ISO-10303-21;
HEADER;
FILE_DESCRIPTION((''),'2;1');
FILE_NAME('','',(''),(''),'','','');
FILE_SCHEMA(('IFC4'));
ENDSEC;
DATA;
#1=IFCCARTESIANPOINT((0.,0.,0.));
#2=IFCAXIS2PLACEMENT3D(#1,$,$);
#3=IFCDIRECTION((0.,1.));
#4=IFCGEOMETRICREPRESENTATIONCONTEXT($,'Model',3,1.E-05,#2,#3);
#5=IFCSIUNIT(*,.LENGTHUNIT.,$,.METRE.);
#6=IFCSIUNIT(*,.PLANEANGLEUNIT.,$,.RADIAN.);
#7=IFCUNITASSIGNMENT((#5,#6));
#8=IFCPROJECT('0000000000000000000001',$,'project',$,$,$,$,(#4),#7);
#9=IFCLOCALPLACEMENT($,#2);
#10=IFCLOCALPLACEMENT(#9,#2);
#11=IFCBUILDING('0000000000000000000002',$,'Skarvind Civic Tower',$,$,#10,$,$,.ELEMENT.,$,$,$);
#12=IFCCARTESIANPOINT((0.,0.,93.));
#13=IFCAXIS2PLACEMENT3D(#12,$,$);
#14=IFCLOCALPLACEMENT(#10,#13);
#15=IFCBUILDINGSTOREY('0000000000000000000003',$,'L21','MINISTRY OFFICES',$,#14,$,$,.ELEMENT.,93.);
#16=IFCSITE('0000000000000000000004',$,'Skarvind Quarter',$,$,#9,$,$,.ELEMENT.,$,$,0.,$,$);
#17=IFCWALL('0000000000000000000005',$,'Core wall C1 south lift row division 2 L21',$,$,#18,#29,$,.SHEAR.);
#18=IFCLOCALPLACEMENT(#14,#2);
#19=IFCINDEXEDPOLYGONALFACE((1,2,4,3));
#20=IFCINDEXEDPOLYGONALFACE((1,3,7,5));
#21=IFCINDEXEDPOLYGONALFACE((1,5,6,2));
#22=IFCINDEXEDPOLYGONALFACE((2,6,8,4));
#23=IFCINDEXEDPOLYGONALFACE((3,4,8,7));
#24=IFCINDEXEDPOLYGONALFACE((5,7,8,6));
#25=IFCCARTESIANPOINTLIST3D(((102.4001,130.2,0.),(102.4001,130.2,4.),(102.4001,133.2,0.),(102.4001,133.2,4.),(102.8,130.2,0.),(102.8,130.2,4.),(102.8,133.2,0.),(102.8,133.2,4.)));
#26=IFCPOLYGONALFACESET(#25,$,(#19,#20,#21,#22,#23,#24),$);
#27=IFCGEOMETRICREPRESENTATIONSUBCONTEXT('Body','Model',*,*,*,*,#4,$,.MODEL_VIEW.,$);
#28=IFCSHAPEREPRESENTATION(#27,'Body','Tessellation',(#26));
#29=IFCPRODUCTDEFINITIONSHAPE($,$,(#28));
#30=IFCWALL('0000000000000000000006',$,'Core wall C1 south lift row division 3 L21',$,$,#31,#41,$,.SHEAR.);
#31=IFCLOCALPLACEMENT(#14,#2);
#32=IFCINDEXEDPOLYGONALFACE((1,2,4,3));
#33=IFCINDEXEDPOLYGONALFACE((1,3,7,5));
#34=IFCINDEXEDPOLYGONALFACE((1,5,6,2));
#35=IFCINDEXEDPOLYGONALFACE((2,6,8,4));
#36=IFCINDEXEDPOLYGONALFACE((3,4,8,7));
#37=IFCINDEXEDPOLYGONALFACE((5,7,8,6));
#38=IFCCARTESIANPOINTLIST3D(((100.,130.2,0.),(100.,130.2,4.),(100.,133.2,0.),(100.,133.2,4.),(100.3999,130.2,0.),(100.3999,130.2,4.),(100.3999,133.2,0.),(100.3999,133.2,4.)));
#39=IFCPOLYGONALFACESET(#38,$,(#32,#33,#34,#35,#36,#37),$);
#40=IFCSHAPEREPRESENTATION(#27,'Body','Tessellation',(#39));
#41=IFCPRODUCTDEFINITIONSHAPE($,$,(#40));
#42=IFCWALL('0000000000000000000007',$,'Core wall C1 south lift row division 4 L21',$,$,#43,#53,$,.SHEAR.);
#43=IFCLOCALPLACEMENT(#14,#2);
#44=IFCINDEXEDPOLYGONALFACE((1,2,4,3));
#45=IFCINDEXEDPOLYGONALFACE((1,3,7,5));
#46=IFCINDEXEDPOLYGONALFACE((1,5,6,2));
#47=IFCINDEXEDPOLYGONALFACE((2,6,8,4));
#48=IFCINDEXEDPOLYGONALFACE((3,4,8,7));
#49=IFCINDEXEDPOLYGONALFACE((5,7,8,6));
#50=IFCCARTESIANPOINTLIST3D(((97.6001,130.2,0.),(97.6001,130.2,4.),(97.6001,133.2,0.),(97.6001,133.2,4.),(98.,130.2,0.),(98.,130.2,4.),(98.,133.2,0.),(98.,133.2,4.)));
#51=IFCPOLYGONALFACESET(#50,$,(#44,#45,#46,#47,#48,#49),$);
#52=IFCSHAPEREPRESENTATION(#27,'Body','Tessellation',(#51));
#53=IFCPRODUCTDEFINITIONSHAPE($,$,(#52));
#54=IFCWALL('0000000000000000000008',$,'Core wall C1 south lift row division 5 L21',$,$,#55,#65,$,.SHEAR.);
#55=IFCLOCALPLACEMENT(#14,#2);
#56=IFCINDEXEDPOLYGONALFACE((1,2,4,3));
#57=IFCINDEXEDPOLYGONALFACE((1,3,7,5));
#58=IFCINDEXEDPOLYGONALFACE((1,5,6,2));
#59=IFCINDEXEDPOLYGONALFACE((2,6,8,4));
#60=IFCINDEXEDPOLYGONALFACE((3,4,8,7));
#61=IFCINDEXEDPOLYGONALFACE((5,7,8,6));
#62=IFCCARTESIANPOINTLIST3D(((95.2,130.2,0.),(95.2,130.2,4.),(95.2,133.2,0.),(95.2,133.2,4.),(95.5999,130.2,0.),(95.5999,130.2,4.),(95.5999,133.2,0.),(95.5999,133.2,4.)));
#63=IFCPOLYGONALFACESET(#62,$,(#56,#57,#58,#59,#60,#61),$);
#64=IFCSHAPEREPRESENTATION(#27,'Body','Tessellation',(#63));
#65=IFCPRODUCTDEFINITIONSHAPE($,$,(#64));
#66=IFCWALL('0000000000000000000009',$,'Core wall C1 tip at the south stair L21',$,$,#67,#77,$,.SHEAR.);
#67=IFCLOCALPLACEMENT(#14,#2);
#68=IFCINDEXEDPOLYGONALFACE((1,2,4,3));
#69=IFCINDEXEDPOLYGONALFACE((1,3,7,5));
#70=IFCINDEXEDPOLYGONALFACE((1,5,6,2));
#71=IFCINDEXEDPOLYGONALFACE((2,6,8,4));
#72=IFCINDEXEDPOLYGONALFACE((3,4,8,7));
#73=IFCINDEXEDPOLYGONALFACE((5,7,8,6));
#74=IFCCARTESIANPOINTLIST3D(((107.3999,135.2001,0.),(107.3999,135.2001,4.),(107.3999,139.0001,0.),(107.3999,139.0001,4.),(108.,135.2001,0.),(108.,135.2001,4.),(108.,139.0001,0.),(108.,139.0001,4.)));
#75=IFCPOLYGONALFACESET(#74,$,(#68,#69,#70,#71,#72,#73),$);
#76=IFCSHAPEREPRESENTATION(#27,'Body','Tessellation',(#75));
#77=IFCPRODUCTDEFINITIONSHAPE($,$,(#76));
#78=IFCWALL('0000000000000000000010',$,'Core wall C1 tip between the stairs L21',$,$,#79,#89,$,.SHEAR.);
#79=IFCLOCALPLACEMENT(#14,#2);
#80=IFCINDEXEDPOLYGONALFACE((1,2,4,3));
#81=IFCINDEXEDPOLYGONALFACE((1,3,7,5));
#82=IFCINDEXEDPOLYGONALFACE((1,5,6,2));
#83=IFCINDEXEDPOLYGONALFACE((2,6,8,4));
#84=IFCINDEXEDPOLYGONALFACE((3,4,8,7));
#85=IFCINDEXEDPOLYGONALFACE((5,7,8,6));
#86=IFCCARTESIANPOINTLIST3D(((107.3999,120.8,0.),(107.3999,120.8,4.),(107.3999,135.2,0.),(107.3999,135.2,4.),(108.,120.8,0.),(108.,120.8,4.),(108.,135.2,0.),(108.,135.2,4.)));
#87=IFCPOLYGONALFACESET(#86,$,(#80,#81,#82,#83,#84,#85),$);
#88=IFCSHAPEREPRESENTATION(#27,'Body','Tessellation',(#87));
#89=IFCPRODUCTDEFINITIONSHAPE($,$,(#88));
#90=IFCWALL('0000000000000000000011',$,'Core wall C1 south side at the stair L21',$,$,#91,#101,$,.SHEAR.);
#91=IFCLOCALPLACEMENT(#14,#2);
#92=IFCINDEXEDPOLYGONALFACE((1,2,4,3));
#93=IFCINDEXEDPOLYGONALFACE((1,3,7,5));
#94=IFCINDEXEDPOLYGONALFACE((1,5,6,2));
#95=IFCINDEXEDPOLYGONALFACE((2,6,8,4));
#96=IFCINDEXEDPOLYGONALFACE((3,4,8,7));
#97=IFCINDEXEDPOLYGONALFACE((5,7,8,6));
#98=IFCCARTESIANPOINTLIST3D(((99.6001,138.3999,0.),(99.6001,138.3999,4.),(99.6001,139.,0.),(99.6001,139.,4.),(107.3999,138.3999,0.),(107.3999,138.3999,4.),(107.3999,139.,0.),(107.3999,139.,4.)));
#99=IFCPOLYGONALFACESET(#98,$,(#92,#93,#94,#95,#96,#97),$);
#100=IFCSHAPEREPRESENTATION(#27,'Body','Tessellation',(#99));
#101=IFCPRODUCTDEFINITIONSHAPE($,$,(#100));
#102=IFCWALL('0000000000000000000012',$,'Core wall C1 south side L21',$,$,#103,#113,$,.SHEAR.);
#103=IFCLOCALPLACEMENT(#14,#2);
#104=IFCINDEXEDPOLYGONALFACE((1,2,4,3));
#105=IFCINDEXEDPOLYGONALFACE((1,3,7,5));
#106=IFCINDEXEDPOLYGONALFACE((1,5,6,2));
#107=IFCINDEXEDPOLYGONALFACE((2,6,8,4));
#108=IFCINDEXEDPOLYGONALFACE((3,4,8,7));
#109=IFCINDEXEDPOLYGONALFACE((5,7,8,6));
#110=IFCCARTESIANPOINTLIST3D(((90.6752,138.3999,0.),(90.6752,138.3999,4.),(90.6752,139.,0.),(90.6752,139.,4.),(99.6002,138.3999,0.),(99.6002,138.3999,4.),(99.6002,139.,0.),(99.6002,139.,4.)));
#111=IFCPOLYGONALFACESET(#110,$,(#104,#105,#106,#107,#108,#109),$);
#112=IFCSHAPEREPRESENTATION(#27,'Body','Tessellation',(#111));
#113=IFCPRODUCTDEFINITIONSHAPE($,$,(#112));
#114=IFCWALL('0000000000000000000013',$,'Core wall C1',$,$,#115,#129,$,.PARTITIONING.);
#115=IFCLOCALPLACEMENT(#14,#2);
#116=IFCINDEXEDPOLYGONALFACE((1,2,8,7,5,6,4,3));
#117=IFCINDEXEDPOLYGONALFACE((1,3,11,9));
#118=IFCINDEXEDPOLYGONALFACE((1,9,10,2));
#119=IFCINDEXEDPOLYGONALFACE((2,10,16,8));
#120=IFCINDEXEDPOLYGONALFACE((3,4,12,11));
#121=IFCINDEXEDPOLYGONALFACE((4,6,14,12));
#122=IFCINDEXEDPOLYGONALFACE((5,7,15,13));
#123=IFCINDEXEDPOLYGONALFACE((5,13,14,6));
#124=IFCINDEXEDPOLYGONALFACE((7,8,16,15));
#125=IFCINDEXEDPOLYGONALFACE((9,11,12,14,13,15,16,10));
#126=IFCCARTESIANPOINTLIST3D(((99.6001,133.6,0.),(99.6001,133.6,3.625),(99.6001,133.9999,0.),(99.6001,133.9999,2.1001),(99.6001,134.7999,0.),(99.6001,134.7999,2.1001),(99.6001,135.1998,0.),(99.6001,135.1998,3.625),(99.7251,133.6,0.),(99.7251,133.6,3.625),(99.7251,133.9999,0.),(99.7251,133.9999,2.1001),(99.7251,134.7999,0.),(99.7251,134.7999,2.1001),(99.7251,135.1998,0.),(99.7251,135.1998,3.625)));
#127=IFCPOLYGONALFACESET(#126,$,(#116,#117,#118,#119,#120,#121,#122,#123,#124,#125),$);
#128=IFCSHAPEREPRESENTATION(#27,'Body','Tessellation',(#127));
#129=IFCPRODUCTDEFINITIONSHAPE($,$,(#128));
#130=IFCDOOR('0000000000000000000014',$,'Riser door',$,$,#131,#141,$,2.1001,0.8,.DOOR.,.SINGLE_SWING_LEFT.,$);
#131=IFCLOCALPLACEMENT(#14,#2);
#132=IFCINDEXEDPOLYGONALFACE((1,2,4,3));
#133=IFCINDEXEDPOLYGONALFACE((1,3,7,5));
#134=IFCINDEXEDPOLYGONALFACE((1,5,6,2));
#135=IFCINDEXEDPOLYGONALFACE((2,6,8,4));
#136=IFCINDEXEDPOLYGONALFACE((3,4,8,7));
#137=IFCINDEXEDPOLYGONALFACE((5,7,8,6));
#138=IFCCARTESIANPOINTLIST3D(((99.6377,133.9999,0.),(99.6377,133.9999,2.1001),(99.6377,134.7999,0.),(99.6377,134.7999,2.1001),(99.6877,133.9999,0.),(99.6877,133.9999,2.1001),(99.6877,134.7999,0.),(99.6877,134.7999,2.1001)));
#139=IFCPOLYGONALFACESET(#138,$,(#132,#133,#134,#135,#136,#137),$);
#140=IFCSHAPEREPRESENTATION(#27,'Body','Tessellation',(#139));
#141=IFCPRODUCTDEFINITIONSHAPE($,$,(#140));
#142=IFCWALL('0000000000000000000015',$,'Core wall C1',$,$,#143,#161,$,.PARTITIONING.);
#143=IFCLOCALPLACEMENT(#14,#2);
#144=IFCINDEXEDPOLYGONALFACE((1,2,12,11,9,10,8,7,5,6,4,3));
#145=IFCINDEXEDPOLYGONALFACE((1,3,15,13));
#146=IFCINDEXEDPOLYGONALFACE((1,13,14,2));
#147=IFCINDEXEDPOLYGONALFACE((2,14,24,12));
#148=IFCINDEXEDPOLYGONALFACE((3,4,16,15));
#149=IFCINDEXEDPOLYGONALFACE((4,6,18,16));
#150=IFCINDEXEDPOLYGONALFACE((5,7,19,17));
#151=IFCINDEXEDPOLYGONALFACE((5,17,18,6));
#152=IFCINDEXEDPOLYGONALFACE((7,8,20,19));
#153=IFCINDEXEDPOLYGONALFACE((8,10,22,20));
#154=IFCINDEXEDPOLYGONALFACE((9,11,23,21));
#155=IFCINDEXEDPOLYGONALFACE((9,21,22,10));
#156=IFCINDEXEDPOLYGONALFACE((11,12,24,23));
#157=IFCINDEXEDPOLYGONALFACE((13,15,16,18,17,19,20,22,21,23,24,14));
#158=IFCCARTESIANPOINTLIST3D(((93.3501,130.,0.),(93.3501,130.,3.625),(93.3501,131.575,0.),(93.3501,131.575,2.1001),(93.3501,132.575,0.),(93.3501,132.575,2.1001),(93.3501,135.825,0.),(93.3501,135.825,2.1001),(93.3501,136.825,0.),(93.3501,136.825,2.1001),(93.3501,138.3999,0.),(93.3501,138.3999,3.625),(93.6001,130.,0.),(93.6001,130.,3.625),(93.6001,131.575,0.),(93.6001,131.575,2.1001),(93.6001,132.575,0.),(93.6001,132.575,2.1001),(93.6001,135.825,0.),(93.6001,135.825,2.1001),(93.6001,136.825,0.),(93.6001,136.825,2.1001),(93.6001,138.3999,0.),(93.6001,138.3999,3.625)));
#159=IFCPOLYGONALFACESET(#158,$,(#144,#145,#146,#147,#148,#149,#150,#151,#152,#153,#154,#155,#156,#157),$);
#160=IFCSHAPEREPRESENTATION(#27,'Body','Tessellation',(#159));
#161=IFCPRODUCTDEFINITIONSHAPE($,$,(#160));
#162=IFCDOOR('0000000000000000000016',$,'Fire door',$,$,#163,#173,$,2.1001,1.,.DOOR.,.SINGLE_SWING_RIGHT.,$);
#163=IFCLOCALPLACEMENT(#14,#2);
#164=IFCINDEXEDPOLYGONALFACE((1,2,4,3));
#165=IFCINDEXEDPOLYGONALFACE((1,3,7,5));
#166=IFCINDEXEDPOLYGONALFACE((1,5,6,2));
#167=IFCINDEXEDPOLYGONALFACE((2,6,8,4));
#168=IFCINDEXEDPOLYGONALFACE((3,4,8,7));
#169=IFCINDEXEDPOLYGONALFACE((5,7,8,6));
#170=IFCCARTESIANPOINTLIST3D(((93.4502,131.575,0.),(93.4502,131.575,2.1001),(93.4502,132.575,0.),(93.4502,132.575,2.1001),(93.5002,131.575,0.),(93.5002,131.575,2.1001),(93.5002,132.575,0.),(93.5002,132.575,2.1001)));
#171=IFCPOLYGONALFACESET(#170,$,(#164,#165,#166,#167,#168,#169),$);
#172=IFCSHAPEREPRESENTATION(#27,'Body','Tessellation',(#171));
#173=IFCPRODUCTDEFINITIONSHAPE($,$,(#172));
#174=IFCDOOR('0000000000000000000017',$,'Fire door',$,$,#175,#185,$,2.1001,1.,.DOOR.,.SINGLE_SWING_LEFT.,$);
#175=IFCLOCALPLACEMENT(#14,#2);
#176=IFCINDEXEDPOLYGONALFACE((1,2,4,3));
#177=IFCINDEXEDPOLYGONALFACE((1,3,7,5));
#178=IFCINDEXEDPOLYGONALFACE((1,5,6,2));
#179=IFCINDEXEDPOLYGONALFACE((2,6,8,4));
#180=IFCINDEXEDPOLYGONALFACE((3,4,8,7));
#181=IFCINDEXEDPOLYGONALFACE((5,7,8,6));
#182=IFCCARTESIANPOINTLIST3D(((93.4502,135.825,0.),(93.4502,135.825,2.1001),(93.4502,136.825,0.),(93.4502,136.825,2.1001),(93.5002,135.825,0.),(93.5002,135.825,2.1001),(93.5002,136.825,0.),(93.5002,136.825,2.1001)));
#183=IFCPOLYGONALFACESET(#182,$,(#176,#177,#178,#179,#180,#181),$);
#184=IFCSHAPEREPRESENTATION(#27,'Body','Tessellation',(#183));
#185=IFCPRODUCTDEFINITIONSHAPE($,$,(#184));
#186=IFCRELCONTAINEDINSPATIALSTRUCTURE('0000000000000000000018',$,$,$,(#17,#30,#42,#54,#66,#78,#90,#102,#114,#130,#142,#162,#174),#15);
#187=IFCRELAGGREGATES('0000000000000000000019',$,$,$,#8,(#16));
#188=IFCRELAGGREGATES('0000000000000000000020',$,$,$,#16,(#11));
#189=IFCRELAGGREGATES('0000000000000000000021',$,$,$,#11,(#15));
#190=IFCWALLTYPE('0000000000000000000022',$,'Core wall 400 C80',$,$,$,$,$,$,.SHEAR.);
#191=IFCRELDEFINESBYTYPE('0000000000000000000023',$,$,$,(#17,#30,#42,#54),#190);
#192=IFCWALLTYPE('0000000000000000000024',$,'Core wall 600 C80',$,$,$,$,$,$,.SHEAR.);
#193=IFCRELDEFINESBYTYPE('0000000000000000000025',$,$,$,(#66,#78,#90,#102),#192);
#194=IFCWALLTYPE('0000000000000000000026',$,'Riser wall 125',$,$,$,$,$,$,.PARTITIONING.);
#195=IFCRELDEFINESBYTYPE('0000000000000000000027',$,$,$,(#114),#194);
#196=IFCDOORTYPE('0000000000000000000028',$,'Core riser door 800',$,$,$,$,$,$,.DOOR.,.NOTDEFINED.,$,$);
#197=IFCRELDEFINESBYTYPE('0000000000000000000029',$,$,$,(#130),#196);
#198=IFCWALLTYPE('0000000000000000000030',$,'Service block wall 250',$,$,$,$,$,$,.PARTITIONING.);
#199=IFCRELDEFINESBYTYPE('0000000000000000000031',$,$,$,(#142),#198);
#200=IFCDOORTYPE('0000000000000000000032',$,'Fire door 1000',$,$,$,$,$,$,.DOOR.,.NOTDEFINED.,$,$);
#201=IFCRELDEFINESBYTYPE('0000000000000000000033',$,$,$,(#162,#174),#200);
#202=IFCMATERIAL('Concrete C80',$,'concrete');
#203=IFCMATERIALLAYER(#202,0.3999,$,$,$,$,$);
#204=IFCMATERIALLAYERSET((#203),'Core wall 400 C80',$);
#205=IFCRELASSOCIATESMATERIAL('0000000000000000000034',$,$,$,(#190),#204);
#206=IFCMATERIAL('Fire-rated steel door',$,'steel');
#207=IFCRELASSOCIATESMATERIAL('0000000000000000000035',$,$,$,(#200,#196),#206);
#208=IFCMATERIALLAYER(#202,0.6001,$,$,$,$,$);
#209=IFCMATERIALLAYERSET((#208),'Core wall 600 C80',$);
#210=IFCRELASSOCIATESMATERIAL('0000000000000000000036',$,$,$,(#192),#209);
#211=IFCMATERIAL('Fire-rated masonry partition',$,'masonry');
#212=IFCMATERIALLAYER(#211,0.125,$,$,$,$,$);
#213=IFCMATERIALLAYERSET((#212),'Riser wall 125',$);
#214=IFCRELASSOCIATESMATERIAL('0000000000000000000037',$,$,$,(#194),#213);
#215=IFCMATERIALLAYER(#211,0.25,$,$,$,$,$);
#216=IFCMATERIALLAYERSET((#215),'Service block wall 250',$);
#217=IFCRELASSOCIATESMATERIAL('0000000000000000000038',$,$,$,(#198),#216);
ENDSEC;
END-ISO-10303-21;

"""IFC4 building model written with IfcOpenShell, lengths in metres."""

from ifc_helpers import new_model, si_unit, direction, frame, frame_2d, origin, place, context, subcontext, project, spatial, rectangle, extrude, material, layer, layer_set, type_object, element, fill, save


model = new_model("IFC4")

# Units and contexts
model_context = context("Model", 3, precision=1e-05, world=origin(), true_north=direction((0.0, 1.0)))
body_context = subcontext(model_context, "Body", "Model", "MODEL_VIEW")
ifc_project = project(units=[si_unit("LENGTHUNIT", "METRE"), si_unit("PLANEANGLEUNIT", "RADIAN")], contexts=[model_context])

# Site, building, storey
site_placement = place(None, origin())
site = spatial("IfcSite", under=ifc_project, at=site_placement, Name="Skarvind Quarter", CompositionType="ELEMENT", RefElevation=0.0)
building_placement = place(site_placement, origin())
building = spatial("IfcBuilding", under=site, at=building_placement, Name="Skarvind Civic Tower", CompositionType="ELEMENT")
storey_placement = place(building_placement, frame((0.0, 0.0, 93.0)))
storey = spatial("IfcBuildingStorey", under=building, at=storey_placement, Name="L21", Description="MINISTRY OFFICES", CompositionType="ELEMENT", Elevation=93.0)

# Shared definitions
ifc_material_1 = material(Name="Fire-rated masonry partition", Category="masonry")
ifc_material_2 = material(Name="Fire-rated steel door", Category="steel")

# Shared definitions
ifc_material_3 = material(Name="Concrete C80", Category="concrete")
ifc_layer_1 = layer(ifc_material_3, 0.3999)
ifc_layer_set_1 = layer_set([ifc_layer_1], Name="Core wall 400 C80")
wall_type_1 = type_object("IfcWallType", Name="Core wall 400 C80", PredefinedType="SHEAR", material=ifc_layer_set_1)

# Shared definitions
door_type_1 = type_object("IfcDoorType", Name="Fire door 1000", OperationType="NOTDEFINED", PredefinedType="DOOR", material=ifc_material_2)

# Walls
for number, where, z_axis, x_axis, name in (
    (1, (102.6001, 133.2, 0.0), (0.0, 0.0, 1.0), (0.0, -1.0, 0.0), "Core wall C1 south lift row division 2 L21"),
    (2, (100.2, 133.2, 0.0), (0.0, 0.0, 1.0), (0.0, -1.0, 0.0), "Core wall C1 south lift row division 3 L21"),
    (3, (97.8, 133.2, 0.0), (0.0, 0.0, 1.0), (0.0, -1.0, 0.0), "Core wall C1 south lift row division 4 L21"),
    (4, (95.3999, 133.2, 0.0), (0.0, 0.0, 1.0), (0.0, -1.0, 0.0), "Core wall C1 south lift row division 5 L21"),
):
    element("IfcWall", number, at=place(storey_placement, frame(where, z_axis=z_axis, x_axis=x_axis)), inside=storey, type_object=wall_type_1, Name=name, PredefinedType="SHEAR", context=body_context, shape_type="SweptSolid", body=[
        extrude(rectangle(XDim=3.0, YDim=0.3999, at=frame_2d((1.5, 0.0))), origin(), (0.0, 0.0, 1.0), 4.0),
    ])
ifc_layer_2 = layer(ifc_material_3, 0.6001)
ifc_layer_set_2 = layer_set([ifc_layer_2], Name="Core wall 600 C80")
wall_type_2 = type_object("IfcWallType", Name="Core wall 600 C80", PredefinedType="SHEAR", material=ifc_layer_set_2)
wall_1_placement = place(storey_placement, frame((107.7, 139.0, 0.0), z_axis=(0.0, 0.0, 1.0), x_axis=(0.0, -1.0, 0.0)))
element("IfcWall", 5, at=wall_1_placement, inside=storey, type_object=wall_type_2, Name="Core wall C1 tip at the south stair L21", PredefinedType="SHEAR", context=body_context, shape_type="SweptSolid", body=[
    extrude(rectangle(XDim=3.8, YDim=0.6001, at=frame_2d((1.8999, 0.0))), origin(), (0.0, 0.0, 1.0), 4.0),
])
wall_2_placement = place(storey_placement, frame((107.7, 135.2, 0.0), z_axis=(0.0, 0.0, 1.0), x_axis=(0.0, -1.0, 0.0)))
element("IfcWall", 6, at=wall_2_placement, inside=storey, type_object=wall_type_2, Name="Core wall C1 tip between the stairs L21", PredefinedType="SHEAR", context=body_context, shape_type="SweptSolid", body=[
    extrude(rectangle(XDim=14.3999, YDim=0.6001, at=frame_2d((7.2, 0.0))), origin(), (0.0, 0.0, 1.0), 4.0),
])
wall_3_placement = place(storey_placement, frame((107.3999, 138.7, 0.0), z_axis=(0.0, 0.0, 1.0), x_axis=(-1.0, 0.0, 0.0)))
element("IfcWall", 7, at=wall_3_placement, inside=storey, type_object=wall_type_2, Name="Core wall C1 south side at the stair L21", PredefinedType="SHEAR", context=body_context, shape_type="SweptSolid", body=[
    extrude(rectangle(XDim=7.7998, YDim=0.6001, at=frame_2d((3.8999, 0.0))), origin(), (0.0, 0.0, 1.0), 4.0),
])
wall_4_placement = place(storey_placement, frame((99.6001, 138.7, 0.0), z_axis=(0.0, 0.0, 1.0), x_axis=(-1.0, 0.0, 0.0)))
element("IfcWall", 8, at=wall_4_placement, inside=storey, type_object=wall_type_2, Name="Core wall C1 south side L21", PredefinedType="SHEAR", context=body_context, shape_type="SweptSolid", body=[
    extrude(rectangle(XDim=8.925, YDim=0.6001, at=frame_2d((4.4624, 0.0))), origin(), (0.0, 0.0, 1.0), 4.0),
])

# Wall, opening, door
ifc_layer_3 = layer(ifc_material_1, 0.125)
ifc_layer_set_3 = layer_set([ifc_layer_3], Name="Riser wall 125")
wall_type_3 = type_object("IfcWallType", Name="Riser wall 125", PredefinedType="PARTITIONING", material=ifc_layer_set_3)
wall_5_placement = place(storey_placement, frame((99.6626, 133.6001, 0.0), z_axis=(0.0, 0.0, 1.0), x_axis=(0.0, 1.0, 0.0)))
wall_5 = element("IfcWall", 9, at=wall_5_placement, inside=storey, type_object=wall_type_3, Name="Core wall C1", PredefinedType="PARTITIONING", context=body_context, shape_type="SweptSolid", body=[
    extrude(rectangle(XDim=1.5999, YDim=0.125, at=frame_2d((0.7998, 0.0))), origin(), (0.0, 0.0, 1.0), 3.625),
])
opening_1_placement = place(wall_5_placement, frame((0.3999, 0.0, 0.0)))
opening_1 = element("IfcOpeningElement", 10, at=opening_1_placement, cuts=wall_5, PredefinedType="OPENING", context=body_context, shape_type="SweptSolid", body=[
    extrude(rectangle(XDim=0.8, YDim=2.1001, at=frame_2d((0.3999, 1.05))), frame((0.0, 0.0725, 0.0), z_axis=(0.0, -1.0, 0.0), x_axis=(1.0, 0.0, 0.0)), (0.0, 0.0, 1.0), 0.145),
])
door_type_2 = type_object("IfcDoorType", Name="Core riser door 800", OperationType="NOTDEFINED", PredefinedType="DOOR", material=ifc_material_2)
door_1_placement = place(opening_1_placement, origin())
door_1 = element("IfcDoor", 11, at=door_1_placement, inside=storey, type_object=door_type_2, Name="Riser door", OperationType="SINGLE_SWING_LEFT", OverallHeight=2.1001, OverallWidth=0.8, PredefinedType="DOOR", context=body_context, shape_type="SweptSolid", body=[
    extrude(rectangle(XDim=0.8, YDim=2.1001, at=frame_2d((0.3999, 1.05))), frame((0.0, 0.0249, 0.0), z_axis=(0.0, -1.0, 0.0), x_axis=(1.0, 0.0, 0.0)), (0.0, 0.0, 1.0), 0.05),
])
fill(opening_1, door_1)

# Wall, openings, doors
ifc_layer_4 = layer(ifc_material_1, 0.25)
ifc_layer_set_4 = layer_set([ifc_layer_4], Name="Service block wall 250")
wall_type_4 = type_object("IfcWallType", Name="Service block wall 250", PredefinedType="PARTITIONING", material=ifc_layer_set_4)
wall_6_placement = place(storey_placement, frame((93.4751, 130.0, 0.0), z_axis=(0.0, 0.0, 1.0), x_axis=(0.0, 1.0, 0.0)))
wall_6 = element("IfcWall", 12, at=wall_6_placement, inside=storey, type_object=wall_type_4, Name="Core wall C1", PredefinedType="PARTITIONING", context=body_context, shape_type="SweptSolid", body=[
    extrude(rectangle(XDim=8.3999, YDim=0.25, at=frame_2d((4.2, 0.0))), origin(), (0.0, 0.0, 1.0), 3.625),
])
opening_2_placement = place(wall_6_placement, frame((1.575, 0.0, 0.0)))
opening_2 = element("IfcOpeningElement", 13, at=opening_2_placement, cuts=wall_6, PredefinedType="OPENING", context=body_context, shape_type="SweptSolid", body=[
    extrude(rectangle(XDim=1.0, YDim=2.1001, at=frame_2d((0.5, 1.05))), frame((0.0, 0.135, 0.0), z_axis=(0.0, -1.0, 0.0), x_axis=(1.0, 0.0, 0.0)), (0.0, 0.0, 1.0), 0.27),
])
opening_3_placement = place(wall_6_placement, frame((5.825, 0.0, 0.0)))
opening_3 = element("IfcOpeningElement", 14, at=opening_3_placement, cuts=wall_6, PredefinedType="OPENING", context=body_context, shape_type="SweptSolid", body=[
    extrude(rectangle(XDim=1.0, YDim=2.1001, at=frame_2d((0.5, 1.05))), frame((0.0, 0.135, 0.0), z_axis=(0.0, -1.0, 0.0), x_axis=(1.0, 0.0, 0.0)), (0.0, 0.0, 1.0), 0.27),
])
door_2_placement = place(opening_2_placement, origin())
door_2 = element("IfcDoor", 15, at=door_2_placement, inside=storey, type_object=door_type_1, Name="Fire door", OperationType="SINGLE_SWING_RIGHT", OverallHeight=2.1001, OverallWidth=1.0, PredefinedType="DOOR", context=body_context, shape_type="SweptSolid", body=[
    extrude(rectangle(XDim=1.0, YDim=2.1001, at=frame_2d((0.5, 1.05))), frame((0.0, 0.0249, 0.0), z_axis=(0.0, -1.0, 0.0), x_axis=(1.0, 0.0, 0.0)), (0.0, 0.0, 1.0), 0.05),
])
fill(opening_2, door_2)
door_3_placement = place(opening_3_placement, origin())
door_3 = element("IfcDoor", 16, at=door_3_placement, inside=storey, type_object=door_type_1, Name="Fire door", OperationType="SINGLE_SWING_LEFT", OverallHeight=2.1001, OverallWidth=1.0, PredefinedType="DOOR", context=body_context, shape_type="SweptSolid", body=[
    extrude(rectangle(XDim=1.0, YDim=2.1001, at=frame_2d((0.5, 1.05))), frame((0.0, 0.0249, 0.0), z_axis=(0.0, -1.0, 0.0), x_axis=(1.0, 0.0, 0.0)), (0.0, 0.0, 1.0), 0.05),
])
fill(opening_3, door_3)

save(model, "model.ifc")
